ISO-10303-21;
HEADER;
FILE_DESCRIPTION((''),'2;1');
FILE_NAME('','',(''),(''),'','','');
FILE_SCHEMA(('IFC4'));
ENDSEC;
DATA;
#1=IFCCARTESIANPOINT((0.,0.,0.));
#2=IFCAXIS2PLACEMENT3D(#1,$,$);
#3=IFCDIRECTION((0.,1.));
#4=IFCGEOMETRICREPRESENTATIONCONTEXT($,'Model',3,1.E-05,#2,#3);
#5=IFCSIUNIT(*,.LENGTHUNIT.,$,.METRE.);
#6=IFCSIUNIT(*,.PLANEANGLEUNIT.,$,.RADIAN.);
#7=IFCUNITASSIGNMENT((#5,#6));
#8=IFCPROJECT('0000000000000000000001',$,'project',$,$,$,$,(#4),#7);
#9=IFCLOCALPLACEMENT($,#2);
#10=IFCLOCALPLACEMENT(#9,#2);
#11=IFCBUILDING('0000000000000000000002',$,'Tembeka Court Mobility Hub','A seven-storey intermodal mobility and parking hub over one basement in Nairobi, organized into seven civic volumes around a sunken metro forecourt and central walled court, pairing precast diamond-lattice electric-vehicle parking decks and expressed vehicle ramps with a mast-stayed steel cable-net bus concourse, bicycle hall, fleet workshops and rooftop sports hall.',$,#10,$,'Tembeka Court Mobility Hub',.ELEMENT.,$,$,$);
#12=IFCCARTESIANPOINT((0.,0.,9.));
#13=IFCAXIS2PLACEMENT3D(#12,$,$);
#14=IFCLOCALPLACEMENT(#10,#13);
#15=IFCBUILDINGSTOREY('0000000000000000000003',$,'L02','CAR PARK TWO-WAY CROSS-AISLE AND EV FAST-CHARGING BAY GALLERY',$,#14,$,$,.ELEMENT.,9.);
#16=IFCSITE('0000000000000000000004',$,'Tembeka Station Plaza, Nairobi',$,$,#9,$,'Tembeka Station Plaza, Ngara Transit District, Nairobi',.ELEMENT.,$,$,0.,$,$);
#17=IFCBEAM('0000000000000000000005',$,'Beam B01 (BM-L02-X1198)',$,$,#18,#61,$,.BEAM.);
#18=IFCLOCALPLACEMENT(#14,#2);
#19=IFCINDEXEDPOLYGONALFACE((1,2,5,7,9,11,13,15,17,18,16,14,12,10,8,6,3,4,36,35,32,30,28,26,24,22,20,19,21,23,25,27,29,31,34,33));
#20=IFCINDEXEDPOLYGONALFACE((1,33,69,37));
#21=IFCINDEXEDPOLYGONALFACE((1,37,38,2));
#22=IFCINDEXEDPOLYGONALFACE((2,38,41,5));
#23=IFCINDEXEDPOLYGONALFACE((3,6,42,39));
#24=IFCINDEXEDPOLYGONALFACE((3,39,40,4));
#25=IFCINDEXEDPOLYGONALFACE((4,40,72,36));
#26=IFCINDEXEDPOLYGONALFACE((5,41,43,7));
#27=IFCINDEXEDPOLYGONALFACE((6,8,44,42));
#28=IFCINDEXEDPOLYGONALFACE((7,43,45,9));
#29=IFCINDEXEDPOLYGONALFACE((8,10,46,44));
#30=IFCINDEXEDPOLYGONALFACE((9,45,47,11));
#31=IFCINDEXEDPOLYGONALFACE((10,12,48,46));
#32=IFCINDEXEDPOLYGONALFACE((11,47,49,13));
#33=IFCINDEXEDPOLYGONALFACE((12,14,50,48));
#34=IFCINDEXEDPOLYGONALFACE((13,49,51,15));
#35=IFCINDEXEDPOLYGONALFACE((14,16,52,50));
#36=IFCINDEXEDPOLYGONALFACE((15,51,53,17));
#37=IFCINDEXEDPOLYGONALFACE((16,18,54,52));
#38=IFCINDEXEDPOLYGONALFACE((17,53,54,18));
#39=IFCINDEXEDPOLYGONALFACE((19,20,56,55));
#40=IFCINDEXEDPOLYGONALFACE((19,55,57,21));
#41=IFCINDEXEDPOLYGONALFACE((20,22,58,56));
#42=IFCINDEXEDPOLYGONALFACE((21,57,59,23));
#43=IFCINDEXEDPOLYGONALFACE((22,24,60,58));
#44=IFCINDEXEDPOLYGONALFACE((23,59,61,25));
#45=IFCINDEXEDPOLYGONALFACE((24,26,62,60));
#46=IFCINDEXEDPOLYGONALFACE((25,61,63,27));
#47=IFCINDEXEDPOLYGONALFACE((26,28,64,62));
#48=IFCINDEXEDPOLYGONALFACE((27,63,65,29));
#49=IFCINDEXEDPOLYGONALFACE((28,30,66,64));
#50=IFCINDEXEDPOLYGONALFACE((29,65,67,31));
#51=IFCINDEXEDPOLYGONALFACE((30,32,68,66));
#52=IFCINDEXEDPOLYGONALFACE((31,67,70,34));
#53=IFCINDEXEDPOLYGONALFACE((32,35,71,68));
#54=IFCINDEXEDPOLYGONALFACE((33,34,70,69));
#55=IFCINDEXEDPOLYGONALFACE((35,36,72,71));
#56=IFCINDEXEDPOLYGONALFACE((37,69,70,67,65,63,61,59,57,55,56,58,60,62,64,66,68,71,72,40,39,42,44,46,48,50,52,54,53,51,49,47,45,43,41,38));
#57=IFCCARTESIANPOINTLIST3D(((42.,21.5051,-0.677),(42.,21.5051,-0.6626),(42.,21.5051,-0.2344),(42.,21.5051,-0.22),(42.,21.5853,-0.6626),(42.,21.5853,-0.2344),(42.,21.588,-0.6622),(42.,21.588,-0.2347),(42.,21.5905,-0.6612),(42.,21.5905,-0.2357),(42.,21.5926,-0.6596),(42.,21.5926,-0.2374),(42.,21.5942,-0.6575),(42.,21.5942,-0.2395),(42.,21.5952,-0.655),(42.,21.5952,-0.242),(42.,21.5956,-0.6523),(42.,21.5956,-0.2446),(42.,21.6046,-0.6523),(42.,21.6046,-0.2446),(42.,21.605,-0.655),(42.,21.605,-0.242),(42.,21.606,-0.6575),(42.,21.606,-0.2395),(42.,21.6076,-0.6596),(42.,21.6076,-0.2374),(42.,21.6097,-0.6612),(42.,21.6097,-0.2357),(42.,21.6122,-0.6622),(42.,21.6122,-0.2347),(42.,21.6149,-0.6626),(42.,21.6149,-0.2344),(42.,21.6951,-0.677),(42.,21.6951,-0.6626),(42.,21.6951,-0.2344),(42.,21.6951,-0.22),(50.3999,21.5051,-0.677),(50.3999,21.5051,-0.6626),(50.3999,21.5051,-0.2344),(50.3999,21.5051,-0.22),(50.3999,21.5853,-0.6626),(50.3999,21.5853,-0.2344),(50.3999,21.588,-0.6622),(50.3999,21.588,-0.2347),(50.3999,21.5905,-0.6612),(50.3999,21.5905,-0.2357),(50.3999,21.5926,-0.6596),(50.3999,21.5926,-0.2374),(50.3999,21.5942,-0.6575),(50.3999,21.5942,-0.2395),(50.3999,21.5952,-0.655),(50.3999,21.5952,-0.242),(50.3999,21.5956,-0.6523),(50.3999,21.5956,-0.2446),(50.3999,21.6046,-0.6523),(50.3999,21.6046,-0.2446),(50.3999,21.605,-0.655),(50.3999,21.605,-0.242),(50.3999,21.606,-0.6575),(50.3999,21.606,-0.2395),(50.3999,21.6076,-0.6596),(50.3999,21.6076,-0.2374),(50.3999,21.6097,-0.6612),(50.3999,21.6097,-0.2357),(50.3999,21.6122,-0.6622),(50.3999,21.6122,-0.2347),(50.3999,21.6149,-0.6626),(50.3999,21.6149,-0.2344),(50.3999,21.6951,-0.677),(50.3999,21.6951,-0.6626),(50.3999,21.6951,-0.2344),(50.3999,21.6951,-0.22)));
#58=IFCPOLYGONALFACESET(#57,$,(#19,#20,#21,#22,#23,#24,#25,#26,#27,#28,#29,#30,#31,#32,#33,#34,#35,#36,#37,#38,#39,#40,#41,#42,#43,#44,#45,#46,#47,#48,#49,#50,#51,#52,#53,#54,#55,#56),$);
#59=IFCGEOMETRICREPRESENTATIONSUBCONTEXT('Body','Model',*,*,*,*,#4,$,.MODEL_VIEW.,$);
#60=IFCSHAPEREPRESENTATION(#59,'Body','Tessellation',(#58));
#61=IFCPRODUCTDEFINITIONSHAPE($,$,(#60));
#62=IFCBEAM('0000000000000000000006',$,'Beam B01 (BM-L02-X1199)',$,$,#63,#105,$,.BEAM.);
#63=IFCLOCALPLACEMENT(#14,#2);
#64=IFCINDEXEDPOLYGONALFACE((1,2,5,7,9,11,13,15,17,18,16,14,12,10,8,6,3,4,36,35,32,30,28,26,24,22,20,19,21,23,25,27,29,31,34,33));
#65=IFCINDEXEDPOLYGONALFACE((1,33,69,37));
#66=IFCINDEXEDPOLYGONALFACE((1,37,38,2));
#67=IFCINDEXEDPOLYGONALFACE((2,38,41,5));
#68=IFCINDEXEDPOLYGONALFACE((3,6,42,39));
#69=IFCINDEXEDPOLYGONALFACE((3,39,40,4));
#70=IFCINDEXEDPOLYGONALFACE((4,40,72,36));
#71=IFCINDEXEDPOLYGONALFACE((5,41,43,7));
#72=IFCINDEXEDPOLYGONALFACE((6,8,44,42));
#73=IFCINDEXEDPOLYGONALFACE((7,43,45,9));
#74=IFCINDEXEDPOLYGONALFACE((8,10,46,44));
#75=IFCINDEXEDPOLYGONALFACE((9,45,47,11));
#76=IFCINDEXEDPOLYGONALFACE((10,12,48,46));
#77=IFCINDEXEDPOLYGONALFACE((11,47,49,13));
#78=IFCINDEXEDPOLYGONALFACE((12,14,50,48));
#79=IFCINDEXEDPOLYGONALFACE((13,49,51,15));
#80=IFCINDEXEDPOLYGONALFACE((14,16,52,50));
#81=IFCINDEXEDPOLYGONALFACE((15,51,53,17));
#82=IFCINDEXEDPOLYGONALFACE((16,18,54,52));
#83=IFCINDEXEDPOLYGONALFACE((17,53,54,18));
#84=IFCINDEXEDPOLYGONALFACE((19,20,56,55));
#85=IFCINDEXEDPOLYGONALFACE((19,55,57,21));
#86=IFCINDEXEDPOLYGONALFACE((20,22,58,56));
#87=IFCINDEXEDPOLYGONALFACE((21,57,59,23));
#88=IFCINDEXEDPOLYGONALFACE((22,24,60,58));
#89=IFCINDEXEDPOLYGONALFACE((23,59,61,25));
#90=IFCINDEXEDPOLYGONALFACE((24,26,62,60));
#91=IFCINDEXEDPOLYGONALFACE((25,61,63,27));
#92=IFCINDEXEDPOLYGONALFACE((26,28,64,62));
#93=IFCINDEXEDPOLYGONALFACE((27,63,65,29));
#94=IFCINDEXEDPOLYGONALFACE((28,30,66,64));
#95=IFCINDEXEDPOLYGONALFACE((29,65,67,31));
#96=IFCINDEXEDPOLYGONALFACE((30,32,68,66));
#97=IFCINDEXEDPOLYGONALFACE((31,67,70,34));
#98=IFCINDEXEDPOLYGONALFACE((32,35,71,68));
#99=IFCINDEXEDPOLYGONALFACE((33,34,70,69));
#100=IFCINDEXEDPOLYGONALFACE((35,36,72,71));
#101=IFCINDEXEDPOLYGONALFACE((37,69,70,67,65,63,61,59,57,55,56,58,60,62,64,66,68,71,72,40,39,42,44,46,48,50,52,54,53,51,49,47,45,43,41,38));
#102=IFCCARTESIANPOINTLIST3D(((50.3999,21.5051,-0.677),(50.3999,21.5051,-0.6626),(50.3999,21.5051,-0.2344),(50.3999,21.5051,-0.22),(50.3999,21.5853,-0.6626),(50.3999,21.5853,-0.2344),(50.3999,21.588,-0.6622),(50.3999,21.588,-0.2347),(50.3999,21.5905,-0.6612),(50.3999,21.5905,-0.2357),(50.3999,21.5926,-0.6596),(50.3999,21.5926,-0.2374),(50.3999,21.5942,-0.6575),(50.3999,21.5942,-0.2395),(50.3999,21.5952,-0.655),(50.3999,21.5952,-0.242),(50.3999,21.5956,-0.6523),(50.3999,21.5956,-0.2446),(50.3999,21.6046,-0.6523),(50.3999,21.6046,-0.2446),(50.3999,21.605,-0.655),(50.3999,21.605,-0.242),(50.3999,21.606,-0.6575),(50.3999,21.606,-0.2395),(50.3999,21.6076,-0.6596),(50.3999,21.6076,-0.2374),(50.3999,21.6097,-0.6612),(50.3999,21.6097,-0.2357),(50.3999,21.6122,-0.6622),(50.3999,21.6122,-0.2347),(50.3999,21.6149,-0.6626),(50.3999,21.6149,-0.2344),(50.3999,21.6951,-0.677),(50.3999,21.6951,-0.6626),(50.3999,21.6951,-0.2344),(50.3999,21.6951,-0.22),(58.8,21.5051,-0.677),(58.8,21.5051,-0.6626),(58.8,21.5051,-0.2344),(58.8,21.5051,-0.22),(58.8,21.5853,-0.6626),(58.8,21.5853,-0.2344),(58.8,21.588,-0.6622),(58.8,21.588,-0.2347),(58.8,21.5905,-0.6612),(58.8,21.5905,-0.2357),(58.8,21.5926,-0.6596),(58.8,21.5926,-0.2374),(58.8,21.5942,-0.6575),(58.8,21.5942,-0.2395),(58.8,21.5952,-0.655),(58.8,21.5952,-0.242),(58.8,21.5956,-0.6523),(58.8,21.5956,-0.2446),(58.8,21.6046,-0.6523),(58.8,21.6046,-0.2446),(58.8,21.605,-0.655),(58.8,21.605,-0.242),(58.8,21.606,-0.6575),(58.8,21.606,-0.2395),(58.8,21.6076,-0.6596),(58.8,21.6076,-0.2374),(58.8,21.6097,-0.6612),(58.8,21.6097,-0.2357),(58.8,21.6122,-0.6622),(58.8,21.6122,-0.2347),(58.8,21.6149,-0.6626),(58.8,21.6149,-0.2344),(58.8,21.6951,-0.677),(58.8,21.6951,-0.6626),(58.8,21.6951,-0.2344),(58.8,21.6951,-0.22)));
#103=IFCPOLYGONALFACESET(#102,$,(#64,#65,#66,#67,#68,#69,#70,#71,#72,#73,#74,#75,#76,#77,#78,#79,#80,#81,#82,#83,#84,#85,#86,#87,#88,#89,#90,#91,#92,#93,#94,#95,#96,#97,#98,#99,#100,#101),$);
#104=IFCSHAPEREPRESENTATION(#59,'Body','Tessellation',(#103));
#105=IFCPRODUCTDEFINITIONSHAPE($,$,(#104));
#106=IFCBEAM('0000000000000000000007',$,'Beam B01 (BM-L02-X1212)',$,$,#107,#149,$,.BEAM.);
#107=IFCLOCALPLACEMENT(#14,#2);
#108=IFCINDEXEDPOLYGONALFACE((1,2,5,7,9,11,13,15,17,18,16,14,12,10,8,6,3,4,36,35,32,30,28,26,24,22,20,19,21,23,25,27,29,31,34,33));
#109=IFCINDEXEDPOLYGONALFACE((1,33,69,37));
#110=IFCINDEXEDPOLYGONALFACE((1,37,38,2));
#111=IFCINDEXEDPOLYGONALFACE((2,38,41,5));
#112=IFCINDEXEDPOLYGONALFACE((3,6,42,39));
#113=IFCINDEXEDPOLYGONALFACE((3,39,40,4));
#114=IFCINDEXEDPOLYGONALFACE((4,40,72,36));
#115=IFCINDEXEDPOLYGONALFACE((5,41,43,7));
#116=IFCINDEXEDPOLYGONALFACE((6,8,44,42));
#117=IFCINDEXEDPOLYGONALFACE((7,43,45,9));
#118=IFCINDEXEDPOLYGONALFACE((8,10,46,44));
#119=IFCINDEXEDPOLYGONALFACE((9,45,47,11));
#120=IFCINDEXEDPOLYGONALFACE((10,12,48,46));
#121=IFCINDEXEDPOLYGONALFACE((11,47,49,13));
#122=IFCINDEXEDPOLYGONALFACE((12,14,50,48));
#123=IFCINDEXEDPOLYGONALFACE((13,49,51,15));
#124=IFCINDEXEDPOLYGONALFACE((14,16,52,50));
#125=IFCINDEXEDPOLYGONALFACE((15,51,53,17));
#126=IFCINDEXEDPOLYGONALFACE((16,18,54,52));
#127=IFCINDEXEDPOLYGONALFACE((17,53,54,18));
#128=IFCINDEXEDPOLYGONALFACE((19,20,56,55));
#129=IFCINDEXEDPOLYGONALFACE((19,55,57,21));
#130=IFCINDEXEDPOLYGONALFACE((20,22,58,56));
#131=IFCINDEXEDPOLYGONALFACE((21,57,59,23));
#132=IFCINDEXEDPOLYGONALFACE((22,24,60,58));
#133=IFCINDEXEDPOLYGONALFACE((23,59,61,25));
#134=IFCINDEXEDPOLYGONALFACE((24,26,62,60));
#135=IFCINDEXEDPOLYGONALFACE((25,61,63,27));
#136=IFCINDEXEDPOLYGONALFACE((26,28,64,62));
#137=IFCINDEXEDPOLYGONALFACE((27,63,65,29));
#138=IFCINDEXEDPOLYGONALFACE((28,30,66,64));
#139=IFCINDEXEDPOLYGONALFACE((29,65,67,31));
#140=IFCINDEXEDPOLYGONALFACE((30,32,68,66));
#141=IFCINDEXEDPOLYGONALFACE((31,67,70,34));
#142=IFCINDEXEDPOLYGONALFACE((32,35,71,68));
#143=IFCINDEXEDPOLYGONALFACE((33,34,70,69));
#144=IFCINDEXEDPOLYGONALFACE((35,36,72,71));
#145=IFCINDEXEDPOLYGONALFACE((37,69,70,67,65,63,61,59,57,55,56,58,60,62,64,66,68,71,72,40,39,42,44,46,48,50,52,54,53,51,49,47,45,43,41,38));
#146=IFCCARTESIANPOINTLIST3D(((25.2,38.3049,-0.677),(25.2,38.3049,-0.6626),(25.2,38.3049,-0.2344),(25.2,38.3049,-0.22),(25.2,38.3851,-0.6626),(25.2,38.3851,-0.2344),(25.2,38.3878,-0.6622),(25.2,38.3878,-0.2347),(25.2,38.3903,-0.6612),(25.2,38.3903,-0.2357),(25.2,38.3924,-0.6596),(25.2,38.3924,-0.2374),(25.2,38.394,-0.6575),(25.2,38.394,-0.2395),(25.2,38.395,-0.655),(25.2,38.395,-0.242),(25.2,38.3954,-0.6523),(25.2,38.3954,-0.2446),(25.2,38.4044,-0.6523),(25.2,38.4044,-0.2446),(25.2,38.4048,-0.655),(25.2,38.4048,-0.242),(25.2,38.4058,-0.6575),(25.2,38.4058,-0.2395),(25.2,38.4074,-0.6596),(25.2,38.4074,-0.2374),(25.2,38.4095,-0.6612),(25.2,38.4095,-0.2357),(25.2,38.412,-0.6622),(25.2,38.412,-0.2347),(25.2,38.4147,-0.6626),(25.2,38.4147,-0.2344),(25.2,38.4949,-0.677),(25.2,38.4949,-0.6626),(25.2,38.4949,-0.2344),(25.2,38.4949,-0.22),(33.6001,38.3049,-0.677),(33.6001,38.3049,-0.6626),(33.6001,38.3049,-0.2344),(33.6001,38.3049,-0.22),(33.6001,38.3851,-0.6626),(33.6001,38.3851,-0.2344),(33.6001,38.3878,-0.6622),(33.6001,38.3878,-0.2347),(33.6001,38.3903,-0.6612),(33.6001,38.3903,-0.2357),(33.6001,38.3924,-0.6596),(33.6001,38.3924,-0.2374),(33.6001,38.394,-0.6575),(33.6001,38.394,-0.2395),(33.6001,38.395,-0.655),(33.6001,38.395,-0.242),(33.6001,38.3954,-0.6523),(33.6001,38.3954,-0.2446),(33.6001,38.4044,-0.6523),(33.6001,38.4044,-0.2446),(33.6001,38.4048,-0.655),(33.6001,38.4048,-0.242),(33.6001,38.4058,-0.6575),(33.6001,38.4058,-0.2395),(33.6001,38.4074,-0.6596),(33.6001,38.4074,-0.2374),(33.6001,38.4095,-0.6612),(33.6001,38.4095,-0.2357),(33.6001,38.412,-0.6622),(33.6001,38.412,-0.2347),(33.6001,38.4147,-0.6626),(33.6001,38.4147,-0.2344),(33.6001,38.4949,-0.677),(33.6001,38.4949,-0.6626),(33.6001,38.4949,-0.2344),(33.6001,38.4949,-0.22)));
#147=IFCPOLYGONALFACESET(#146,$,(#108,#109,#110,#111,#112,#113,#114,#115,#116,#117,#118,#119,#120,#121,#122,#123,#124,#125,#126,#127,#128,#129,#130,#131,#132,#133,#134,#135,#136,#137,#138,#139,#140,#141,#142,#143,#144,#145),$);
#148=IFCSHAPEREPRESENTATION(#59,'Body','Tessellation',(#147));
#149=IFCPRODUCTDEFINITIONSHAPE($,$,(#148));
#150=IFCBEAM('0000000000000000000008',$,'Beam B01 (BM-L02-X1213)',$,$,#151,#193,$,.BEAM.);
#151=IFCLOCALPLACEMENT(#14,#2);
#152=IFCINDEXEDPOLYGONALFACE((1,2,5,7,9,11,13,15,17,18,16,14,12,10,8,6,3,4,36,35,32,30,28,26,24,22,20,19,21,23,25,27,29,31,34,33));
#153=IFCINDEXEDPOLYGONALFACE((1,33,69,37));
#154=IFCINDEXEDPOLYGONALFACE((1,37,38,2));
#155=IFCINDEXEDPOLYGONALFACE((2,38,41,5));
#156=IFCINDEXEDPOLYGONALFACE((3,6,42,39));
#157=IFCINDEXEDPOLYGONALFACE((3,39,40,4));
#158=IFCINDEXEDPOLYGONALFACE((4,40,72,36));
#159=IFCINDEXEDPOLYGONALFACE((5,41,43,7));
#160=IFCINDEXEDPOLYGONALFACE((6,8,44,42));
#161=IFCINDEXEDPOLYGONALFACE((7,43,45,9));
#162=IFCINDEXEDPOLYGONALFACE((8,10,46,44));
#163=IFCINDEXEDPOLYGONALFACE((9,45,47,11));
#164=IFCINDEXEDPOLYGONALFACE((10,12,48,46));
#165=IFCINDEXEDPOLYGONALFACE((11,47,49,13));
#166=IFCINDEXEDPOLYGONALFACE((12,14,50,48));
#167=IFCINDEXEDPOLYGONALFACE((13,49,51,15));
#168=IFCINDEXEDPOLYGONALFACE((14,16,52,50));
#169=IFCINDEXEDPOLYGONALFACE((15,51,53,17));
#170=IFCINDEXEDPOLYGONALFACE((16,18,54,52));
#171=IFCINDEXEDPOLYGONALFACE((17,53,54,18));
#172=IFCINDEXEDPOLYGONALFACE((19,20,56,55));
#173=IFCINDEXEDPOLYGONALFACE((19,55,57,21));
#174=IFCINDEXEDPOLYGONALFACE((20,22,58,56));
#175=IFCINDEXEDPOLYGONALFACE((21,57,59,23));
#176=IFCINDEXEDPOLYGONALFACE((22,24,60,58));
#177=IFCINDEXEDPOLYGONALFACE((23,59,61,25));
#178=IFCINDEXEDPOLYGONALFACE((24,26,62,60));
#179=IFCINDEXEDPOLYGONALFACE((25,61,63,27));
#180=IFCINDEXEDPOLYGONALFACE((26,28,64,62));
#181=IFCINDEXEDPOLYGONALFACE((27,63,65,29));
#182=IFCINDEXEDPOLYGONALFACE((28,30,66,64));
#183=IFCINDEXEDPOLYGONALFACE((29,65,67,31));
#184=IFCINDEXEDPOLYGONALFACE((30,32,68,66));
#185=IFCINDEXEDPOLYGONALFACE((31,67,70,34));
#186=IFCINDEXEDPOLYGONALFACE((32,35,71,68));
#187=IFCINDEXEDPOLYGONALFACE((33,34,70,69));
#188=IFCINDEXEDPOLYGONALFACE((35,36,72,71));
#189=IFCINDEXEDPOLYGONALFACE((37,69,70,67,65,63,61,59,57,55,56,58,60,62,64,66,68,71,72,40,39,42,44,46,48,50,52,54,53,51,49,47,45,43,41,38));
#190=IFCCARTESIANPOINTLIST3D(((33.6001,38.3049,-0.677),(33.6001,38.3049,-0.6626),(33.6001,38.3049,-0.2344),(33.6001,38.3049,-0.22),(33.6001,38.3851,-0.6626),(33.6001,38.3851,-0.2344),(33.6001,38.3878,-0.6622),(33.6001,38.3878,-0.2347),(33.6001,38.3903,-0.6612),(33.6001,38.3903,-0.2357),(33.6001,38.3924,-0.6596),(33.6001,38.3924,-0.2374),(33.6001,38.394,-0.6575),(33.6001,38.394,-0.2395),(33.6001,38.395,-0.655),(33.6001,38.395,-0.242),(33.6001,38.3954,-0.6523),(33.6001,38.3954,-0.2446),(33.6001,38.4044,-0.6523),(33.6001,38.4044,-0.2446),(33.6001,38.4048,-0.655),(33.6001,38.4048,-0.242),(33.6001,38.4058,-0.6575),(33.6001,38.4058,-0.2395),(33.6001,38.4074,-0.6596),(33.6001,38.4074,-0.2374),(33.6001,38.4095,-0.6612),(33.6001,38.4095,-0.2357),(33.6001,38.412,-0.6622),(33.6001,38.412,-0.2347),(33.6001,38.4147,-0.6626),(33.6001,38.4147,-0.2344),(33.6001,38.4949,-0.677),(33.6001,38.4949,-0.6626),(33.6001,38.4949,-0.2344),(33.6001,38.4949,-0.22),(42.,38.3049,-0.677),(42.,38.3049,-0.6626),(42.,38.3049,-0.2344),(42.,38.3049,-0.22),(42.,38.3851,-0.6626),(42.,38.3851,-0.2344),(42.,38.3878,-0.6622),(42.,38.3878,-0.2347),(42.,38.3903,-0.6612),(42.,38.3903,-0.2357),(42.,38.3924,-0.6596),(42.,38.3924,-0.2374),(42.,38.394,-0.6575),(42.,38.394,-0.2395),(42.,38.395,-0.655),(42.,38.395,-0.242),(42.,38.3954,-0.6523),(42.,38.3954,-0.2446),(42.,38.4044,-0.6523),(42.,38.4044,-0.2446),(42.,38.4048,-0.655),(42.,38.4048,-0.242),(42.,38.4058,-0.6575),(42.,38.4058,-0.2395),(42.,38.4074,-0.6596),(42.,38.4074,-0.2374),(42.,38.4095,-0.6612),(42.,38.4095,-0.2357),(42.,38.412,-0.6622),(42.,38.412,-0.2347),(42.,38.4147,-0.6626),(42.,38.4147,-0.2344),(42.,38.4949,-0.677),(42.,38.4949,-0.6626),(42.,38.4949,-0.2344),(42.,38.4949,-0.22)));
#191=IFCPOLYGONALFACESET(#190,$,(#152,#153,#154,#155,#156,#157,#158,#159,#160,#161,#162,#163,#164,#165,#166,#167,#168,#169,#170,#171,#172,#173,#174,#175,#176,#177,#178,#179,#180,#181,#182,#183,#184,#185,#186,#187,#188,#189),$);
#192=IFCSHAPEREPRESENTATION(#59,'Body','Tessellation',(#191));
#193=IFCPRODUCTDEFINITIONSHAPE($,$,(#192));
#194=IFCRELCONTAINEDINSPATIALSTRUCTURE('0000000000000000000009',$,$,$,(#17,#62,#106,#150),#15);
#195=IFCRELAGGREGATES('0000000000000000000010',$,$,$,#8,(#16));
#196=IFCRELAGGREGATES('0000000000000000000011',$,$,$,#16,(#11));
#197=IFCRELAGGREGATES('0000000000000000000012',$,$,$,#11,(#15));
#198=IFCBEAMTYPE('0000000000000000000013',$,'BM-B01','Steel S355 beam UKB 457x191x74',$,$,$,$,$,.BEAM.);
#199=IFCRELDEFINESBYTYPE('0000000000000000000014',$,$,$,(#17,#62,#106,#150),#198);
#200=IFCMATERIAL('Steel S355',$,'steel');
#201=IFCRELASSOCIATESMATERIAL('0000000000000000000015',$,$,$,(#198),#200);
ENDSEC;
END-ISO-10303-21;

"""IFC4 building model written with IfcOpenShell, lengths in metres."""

from ifc_helpers import new_model, si_unit, direction, frame, origin, origin_2d, place, context, subcontext, project, spatial, i_section, extrude, material, material_profile, profile_set, type_object, element, save


model = new_model("IFC4")

# Units and contexts
model_context = context("Model", 3, precision=1e-05, world=origin(), true_north=direction((0.0, 1.0)))
body_context = subcontext(model_context, "Body", "Model", "MODEL_VIEW")
ifc_project = project(units=[si_unit("LENGTHUNIT", "METRE"), si_unit("PLANEANGLEUNIT", "RADIAN")], contexts=[model_context])

# Site, building, storey
site_placement = place(None, origin())
site = spatial("IfcSite", under=ifc_project, at=site_placement, Name="Tembeka Station Plaza, Nairobi", LongName="Tembeka Station Plaza, Ngara Transit District, Nairobi", CompositionType="ELEMENT", RefElevation=0.0)
building_placement = place(site_placement, origin())
building = spatial("IfcBuilding", under=site, at=building_placement, Name="Tembeka Court Mobility Hub", Description="A seven-storey intermodal mobility and parking hub over one basement in Nairobi, organized into seven civic volumes around a sunken metro forecourt and central walled court, pairing precast diamond-lattice electric-vehicle parking decks and expressed vehicle ramps with a mast-stayed steel cable-net bus concourse, bicycle hall, fleet workshops and rooftop sports hall.", LongName="Tembeka Court Mobility Hub", CompositionType="ELEMENT")
storey_placement = place(building_placement, frame((0.0, 0.0, 9.0)))
storey = spatial("IfcBuildingStorey", under=building, at=storey_placement, Name="L02", Description="CAR PARK TWO-WAY CROSS-AISLE AND EV FAST-CHARGING BAY GALLERY", CompositionType="ELEMENT", Elevation=9.0)

# Shared definitions
ifc_material_1 = material(Name="Steel S355", Category="steel")

# Beams
ifc_material_profile_1 = material_profile(ifc_material_1, i_section(OverallWidth=0.1899, OverallDepth=0.457, WebThickness=0.009, FlangeThickness=0.0144, FilletRadius=0.0103, at=origin_2d()), Name="UKB 457x191x74")
ifc_profile_set_1 = profile_set([ifc_material_profile_1], Name="Steel S355")
beam_type_1 = type_object("IfcBeamType", Name="BM-B01", Description="Steel S355 beam UKB 457x191x74", PredefinedType="BEAM", material=ifc_profile_set_1)
for number, where, z_axis, x_axis, name in (
    (1, (42.0, 21.6001, -0.4485), (1.0, 0.0, 0.0), (0.0, 1.0, 0.0), "Beam B01 (BM-L02-X1198)"),
):
    element("IfcBeam", number, at=place(storey_placement, frame(where, z_axis=z_axis, x_axis=x_axis)), inside=storey, type_object=beam_type_1, Name=name, PredefinedType="BEAM", context=body_context, shape_type="SweptSolid", body=[
        extrude(i_section(OverallWidth=0.1899, OverallDepth=0.457, WebThickness=0.009, FlangeThickness=0.0144, FilletRadius=0.0103, at=origin_2d()), origin(), (0.0, 0.0, 1.0), 8.3999),
    ])
for number, where, z_axis, x_axis, name in (
    (2, (50.3999, 21.6001, -0.4485), (1.0, 0.0, 0.0), (0.0, 1.0, 0.0), "Beam B01 (BM-L02-X1199)"),
    (3, (25.2, 38.3999, -0.4485), (1.0, 0.0, 0.0), (0.0, 1.0, 0.0), "Beam B01 (BM-L02-X1212)"),
):
    element("IfcBeam", number, at=place(storey_placement, frame(where, z_axis=z_axis, x_axis=x_axis)), inside=storey, type_object=beam_type_1, Name=name, PredefinedType="BEAM", context=body_context, shape_type="SweptSolid", body=[
        extrude(i_section(OverallWidth=0.1899, OverallDepth=0.457, WebThickness=0.009, FlangeThickness=0.0144, FilletRadius=0.0103, at=origin_2d()), origin(), (0.0, 0.0, 1.0), 8.4001),
    ])
for number, where, z_axis, x_axis, name in (
    (4, (33.6001, 38.3999, -0.4485), (1.0, 0.0, 0.0), (0.0, 1.0, 0.0), "Beam B01 (BM-L02-X1213)"),
):
    element("IfcBeam", number, at=place(storey_placement, frame(where, z_axis=z_axis, x_axis=x_axis)), inside=storey, type_object=beam_type_1, Name=name, PredefinedType="BEAM", context=body_context, shape_type="SweptSolid", body=[
        extrude(i_section(OverallWidth=0.1899, OverallDepth=0.457, WebThickness=0.009, FlangeThickness=0.0144, FilletRadius=0.0103, at=origin_2d()), origin(), (0.0, 0.0, 1.0), 8.3999),
    ])

save(model, "model.ifc")
